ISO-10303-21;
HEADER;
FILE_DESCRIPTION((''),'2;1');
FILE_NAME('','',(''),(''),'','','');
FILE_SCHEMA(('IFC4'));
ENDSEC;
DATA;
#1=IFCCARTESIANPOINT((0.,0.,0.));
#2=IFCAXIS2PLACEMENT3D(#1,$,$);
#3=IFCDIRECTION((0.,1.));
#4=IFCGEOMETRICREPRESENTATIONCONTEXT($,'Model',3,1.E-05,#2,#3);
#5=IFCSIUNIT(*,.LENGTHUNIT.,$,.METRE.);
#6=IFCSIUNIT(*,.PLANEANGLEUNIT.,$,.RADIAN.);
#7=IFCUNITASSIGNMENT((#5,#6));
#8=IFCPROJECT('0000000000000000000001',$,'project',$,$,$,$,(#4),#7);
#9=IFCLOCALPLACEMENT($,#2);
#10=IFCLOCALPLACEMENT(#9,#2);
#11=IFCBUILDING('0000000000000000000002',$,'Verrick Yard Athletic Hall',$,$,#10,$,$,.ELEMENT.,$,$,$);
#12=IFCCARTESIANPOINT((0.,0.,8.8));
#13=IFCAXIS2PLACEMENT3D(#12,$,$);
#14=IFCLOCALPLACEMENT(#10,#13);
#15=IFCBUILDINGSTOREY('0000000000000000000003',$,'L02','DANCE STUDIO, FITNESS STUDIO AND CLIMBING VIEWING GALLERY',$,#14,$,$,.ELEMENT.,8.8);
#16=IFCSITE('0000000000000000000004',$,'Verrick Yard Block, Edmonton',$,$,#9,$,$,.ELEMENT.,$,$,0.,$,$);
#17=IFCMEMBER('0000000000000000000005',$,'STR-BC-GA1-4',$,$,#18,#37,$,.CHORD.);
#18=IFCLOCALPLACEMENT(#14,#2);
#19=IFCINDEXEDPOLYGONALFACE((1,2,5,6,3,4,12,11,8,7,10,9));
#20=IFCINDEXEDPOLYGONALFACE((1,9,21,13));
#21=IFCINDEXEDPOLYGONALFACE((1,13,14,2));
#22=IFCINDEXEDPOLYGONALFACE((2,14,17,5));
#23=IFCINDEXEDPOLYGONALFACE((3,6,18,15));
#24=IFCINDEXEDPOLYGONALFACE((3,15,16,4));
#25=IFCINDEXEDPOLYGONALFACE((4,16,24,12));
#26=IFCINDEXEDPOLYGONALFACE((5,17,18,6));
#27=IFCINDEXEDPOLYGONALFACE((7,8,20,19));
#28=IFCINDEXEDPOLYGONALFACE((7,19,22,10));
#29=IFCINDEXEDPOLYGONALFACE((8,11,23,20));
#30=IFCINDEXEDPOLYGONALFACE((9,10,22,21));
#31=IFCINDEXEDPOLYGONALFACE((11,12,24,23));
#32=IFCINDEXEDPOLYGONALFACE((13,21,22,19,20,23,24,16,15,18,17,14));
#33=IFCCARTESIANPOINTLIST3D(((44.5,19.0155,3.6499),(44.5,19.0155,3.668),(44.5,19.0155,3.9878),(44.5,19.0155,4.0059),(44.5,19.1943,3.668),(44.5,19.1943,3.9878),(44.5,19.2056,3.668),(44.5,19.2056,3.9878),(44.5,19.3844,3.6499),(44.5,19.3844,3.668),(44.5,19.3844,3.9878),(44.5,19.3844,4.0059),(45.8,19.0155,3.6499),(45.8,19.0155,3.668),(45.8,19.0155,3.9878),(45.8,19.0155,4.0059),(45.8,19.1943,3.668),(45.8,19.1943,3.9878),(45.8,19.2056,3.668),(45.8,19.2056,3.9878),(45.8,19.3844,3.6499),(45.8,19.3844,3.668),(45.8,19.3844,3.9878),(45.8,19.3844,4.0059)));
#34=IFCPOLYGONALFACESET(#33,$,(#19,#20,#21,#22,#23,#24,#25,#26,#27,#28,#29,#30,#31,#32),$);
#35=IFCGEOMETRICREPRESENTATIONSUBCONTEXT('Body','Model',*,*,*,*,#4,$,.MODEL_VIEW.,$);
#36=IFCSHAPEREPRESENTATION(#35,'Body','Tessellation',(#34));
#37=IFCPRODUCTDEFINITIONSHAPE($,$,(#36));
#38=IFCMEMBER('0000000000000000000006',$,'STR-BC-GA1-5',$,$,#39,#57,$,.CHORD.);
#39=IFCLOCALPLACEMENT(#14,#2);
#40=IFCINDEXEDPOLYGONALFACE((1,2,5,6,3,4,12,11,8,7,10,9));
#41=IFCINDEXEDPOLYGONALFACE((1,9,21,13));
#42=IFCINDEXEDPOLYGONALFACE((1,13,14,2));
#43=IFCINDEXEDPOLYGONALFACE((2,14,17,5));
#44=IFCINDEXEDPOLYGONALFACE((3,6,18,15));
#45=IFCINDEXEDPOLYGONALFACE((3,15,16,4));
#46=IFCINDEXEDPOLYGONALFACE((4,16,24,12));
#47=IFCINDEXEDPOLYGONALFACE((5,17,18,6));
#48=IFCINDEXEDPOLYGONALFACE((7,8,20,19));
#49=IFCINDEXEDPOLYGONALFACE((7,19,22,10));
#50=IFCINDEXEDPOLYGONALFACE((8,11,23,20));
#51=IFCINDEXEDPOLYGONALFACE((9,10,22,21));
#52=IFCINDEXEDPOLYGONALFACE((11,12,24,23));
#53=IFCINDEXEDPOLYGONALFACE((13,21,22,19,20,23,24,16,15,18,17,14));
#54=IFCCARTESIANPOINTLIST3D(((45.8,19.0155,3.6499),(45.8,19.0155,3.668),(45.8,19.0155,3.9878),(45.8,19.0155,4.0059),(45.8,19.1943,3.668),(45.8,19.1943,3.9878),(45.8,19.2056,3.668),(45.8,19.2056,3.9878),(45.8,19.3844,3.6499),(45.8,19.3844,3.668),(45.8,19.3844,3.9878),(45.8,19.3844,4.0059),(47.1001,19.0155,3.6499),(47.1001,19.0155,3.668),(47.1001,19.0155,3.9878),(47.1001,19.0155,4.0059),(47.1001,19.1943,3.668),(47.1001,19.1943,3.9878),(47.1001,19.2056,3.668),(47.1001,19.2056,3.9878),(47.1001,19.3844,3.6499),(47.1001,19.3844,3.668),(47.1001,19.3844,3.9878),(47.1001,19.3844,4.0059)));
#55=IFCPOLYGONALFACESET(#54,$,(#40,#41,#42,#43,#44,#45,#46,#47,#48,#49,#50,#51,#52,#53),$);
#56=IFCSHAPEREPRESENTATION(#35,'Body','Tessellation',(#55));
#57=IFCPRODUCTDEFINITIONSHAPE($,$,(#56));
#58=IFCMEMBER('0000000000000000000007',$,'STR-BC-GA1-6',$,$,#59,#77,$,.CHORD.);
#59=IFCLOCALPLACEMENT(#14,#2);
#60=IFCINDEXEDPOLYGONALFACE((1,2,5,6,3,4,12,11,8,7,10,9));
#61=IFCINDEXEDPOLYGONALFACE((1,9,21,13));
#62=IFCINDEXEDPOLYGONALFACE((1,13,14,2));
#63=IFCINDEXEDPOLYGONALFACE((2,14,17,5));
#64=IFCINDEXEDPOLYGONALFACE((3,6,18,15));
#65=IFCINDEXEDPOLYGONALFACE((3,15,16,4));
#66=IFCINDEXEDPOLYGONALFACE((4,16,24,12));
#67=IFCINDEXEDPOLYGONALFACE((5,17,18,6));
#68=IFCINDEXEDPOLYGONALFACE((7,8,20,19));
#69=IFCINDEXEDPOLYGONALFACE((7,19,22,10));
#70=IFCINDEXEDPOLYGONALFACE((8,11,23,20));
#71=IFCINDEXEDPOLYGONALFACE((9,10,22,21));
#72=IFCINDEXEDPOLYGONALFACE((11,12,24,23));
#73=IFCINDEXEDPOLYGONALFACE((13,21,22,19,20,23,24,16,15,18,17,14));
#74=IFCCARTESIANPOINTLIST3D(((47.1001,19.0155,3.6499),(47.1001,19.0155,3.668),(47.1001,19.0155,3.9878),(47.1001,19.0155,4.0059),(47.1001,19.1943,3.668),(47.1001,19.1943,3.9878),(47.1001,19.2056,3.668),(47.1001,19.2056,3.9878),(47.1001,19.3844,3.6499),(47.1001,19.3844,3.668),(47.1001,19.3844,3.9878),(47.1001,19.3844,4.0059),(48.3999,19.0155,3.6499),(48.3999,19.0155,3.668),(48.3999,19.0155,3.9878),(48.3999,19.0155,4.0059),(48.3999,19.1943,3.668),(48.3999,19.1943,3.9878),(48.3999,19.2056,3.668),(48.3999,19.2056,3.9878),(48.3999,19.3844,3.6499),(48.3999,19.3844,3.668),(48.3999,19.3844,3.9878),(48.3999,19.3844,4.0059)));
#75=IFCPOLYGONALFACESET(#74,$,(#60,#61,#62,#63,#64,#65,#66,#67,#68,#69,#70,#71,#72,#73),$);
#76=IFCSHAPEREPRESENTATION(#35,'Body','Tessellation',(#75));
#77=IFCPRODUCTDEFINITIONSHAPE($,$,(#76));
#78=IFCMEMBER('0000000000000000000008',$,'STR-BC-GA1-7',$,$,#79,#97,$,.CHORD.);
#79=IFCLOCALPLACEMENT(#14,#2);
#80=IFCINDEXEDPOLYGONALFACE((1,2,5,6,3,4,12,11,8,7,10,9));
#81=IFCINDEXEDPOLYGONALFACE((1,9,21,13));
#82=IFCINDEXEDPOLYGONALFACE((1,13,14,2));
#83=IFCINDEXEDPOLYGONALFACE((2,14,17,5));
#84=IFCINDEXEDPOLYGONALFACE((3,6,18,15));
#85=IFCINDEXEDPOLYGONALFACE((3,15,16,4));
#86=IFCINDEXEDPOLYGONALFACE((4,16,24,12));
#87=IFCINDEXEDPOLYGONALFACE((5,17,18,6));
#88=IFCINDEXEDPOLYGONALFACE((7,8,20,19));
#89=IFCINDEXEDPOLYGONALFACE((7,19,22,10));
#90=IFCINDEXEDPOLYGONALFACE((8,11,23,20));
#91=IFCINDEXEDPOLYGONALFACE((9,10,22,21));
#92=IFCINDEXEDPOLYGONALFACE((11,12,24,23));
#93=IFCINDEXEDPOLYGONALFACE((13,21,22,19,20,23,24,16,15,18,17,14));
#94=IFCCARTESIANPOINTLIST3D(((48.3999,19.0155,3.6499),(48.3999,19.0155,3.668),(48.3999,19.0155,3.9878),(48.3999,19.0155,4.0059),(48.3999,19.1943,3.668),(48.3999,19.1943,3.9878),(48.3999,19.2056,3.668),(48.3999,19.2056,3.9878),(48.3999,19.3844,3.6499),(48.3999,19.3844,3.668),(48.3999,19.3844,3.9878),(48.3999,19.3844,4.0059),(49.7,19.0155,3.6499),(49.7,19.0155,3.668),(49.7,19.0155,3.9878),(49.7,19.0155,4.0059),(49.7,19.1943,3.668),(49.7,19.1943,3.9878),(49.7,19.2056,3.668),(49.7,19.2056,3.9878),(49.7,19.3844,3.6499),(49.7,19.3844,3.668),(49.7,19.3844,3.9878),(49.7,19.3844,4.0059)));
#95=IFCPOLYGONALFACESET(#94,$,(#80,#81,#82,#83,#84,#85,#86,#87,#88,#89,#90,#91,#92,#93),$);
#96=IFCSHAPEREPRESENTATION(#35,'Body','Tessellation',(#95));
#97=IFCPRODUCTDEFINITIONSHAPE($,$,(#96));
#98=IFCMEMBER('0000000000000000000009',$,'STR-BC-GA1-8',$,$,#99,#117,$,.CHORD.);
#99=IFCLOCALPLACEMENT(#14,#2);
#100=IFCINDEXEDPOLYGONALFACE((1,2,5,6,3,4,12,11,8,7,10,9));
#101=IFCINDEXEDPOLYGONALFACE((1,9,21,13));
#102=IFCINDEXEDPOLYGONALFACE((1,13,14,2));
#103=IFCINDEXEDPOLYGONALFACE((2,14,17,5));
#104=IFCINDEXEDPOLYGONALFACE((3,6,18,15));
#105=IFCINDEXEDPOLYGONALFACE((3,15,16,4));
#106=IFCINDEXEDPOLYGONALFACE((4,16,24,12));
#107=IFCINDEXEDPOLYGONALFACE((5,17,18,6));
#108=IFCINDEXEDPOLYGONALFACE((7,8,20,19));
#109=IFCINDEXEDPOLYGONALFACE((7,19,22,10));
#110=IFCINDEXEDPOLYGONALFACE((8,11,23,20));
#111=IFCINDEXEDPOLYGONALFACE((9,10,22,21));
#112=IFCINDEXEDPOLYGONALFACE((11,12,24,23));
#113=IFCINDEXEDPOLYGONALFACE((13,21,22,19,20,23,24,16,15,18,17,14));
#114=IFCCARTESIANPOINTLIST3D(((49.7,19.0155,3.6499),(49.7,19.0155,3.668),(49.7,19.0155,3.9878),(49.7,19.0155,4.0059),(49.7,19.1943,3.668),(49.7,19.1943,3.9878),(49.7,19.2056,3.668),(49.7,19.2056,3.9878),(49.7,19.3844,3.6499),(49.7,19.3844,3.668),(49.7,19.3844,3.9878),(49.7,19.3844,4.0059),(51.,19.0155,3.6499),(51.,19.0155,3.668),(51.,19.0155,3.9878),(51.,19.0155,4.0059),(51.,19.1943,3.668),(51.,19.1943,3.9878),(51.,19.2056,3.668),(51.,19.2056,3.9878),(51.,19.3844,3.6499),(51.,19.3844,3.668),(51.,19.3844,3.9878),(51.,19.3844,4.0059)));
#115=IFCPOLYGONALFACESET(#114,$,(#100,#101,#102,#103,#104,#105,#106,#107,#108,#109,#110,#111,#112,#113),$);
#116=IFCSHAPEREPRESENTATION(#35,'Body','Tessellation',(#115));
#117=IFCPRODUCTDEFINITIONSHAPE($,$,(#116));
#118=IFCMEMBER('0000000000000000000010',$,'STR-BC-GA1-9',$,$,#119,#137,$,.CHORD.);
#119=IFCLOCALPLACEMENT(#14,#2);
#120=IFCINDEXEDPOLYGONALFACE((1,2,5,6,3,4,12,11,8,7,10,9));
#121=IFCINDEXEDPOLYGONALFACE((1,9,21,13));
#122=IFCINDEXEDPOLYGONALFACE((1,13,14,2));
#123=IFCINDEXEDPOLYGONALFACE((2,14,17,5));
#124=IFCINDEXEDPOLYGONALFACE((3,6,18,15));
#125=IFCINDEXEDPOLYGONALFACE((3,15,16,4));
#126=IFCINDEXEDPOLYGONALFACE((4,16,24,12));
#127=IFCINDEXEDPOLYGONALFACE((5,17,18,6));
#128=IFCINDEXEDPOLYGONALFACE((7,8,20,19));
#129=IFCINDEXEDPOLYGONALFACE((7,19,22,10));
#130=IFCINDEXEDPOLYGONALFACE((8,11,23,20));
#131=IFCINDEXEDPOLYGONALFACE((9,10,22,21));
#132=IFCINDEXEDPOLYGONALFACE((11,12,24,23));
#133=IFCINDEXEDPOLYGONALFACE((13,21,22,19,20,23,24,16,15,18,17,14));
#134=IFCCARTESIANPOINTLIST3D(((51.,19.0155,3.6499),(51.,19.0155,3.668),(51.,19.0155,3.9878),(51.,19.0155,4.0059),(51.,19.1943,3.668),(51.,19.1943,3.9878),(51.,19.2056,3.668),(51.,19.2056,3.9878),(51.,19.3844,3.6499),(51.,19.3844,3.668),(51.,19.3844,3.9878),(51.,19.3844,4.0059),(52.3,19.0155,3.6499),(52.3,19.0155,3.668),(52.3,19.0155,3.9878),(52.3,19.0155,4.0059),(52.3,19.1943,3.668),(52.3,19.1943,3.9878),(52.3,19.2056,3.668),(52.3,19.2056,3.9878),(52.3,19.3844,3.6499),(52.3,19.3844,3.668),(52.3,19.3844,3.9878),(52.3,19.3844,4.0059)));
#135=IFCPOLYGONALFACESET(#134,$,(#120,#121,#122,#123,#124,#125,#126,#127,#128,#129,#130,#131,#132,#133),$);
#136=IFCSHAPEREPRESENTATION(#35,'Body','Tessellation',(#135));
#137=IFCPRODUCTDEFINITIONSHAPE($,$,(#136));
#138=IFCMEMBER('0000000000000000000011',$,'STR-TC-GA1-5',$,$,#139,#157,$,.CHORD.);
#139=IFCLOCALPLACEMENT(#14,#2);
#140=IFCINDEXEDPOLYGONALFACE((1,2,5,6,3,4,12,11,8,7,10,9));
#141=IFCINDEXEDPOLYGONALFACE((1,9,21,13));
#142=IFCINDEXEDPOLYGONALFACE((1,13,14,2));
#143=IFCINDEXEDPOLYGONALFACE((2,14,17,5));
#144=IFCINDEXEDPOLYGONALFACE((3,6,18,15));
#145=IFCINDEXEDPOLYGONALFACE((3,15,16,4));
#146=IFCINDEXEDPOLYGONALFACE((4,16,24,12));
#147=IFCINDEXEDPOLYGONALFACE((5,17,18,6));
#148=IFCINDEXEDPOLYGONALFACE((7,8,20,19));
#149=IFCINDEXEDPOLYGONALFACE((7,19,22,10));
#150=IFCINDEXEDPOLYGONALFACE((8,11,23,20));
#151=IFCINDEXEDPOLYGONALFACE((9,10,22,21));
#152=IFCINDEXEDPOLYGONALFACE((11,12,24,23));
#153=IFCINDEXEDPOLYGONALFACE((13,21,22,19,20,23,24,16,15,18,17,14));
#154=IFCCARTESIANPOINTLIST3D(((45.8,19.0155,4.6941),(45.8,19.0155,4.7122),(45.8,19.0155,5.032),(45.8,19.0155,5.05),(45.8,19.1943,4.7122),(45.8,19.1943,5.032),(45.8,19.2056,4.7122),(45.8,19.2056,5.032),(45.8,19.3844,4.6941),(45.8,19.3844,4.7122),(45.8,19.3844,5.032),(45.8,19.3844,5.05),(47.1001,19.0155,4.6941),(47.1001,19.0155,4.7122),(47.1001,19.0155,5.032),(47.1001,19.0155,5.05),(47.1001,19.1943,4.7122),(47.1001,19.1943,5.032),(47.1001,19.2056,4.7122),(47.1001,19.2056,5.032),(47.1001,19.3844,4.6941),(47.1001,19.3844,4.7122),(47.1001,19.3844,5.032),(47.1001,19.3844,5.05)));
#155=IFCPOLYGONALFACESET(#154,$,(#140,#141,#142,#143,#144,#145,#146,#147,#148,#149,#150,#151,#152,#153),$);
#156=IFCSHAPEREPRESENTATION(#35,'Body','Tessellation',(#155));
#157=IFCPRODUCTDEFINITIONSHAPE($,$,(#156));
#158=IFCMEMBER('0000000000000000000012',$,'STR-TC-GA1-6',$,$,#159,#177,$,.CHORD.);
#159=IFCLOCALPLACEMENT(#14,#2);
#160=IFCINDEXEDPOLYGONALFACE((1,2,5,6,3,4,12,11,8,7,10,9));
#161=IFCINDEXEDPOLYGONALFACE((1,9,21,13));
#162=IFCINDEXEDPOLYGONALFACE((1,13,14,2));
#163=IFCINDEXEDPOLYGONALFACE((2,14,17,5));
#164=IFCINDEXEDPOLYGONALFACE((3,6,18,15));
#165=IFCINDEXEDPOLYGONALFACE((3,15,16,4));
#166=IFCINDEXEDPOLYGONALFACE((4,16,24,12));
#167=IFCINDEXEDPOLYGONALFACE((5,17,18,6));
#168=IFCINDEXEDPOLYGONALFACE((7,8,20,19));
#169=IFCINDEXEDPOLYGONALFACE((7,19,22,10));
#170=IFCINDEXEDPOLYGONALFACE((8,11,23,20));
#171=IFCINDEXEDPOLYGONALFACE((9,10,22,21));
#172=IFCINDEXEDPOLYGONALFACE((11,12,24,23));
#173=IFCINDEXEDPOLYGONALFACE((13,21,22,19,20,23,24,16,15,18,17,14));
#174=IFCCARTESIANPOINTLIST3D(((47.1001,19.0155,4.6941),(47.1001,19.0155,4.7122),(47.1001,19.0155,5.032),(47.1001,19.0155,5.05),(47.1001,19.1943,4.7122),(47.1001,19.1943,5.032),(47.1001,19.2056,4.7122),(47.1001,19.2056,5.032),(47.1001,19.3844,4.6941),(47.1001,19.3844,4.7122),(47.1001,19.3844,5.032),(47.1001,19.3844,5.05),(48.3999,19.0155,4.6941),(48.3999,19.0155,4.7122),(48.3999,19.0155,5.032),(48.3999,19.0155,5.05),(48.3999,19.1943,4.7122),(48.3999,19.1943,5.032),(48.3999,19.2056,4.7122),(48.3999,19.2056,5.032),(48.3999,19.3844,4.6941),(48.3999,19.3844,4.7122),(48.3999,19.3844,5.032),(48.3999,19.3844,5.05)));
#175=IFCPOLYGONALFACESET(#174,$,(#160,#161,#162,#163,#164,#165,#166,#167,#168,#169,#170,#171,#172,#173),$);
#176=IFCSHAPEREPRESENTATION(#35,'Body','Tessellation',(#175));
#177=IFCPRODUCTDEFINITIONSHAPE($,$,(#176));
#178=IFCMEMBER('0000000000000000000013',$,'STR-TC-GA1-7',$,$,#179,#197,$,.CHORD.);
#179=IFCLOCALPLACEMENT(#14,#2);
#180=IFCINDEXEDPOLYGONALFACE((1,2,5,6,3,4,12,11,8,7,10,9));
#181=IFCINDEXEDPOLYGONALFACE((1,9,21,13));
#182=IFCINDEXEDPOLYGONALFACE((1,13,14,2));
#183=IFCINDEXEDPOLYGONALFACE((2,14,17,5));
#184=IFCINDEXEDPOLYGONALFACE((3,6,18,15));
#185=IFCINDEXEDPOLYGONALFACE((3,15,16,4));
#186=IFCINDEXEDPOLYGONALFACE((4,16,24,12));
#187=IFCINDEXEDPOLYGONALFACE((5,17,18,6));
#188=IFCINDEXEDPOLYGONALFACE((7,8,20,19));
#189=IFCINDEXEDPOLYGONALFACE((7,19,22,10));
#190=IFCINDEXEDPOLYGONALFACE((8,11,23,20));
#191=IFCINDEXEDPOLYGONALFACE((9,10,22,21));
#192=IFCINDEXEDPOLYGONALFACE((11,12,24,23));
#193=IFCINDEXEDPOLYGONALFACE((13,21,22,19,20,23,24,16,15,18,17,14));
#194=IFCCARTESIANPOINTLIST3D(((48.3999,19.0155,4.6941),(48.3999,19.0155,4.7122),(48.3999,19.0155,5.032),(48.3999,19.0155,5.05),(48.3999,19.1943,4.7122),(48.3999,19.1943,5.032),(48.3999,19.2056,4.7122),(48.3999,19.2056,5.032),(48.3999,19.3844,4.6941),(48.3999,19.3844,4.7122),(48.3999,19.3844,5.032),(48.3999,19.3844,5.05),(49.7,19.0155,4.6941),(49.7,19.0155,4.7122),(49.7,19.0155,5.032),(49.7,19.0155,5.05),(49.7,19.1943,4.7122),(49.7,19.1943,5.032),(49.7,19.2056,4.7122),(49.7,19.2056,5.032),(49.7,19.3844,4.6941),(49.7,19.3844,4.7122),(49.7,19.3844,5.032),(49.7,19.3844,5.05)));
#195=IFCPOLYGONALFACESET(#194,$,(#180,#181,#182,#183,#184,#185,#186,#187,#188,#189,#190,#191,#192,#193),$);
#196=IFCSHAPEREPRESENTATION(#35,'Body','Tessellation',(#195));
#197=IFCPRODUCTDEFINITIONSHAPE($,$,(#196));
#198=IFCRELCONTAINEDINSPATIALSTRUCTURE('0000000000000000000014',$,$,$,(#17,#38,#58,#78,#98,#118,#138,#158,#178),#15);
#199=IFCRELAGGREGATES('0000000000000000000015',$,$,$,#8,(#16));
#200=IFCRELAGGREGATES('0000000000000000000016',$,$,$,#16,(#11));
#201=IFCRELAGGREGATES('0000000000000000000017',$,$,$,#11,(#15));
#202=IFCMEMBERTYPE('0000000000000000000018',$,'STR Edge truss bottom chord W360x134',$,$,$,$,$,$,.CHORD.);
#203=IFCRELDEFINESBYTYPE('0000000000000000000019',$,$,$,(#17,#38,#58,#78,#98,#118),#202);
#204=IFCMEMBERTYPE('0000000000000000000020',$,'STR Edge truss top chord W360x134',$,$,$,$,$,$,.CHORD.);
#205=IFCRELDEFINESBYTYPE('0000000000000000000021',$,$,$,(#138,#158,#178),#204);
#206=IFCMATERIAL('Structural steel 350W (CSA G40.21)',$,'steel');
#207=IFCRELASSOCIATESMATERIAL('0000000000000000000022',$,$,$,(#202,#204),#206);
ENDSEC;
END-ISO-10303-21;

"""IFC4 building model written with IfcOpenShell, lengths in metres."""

from ifc_helpers import new_model, si_unit, direction, frame, origin, origin_2d, place, context, subcontext, project, spatial, i_section, extrude, material, material_profile, profile_set, type_object, element, save


model = new_model("IFC4")

# Units and contexts
model_context = context("Model", 3, precision=1e-05, world=origin(), true_north=direction((0.0, 1.0)))
body_context = subcontext(model_context, "Body", "Model", "MODEL_VIEW")
ifc_project = project(units=[si_unit("LENGTHUNIT", "METRE"), si_unit("PLANEANGLEUNIT", "RADIAN")], contexts=[model_context])

# Site, building, storey
site_placement = place(None, origin())
site = spatial("IfcSite", under=ifc_project, at=site_placement, Name="Verrick Yard Block, Edmonton", CompositionType="ELEMENT", RefElevation=0.0)
building_placement = place(site_placement, origin())
building = spatial("IfcBuilding", under=site, at=building_placement, Name="Verrick Yard Athletic Hall", CompositionType="ELEMENT")
storey_placement = place(building_placement, frame((0.0, 0.0, 8.8)))
storey = spatial("IfcBuildingStorey", under=building, at=storey_placement, Name="L02", Description="DANCE STUDIO, FITNESS STUDIO AND CLIMBING VIEWING GALLERY", CompositionType="ELEMENT", Elevation=8.8)

# Members
ifc_material_1 = material(Name="Structural steel 350W (CSA G40.21)", Category="steel")
ifc_material_profile_1 = material_profile(ifc_material_1, i_section(OverallWidth=0.3689, OverallDepth=0.356, WebThickness=0.0112, FlangeThickness=0.0181, at=origin_2d()), Name="W360x134")
ifc_profile_set_1 = profile_set([ifc_material_profile_1], Name="Structural steel 350W (CSA G40.21)")
member_type_1 = type_object("IfcMemberType", Name="STR Edge truss bottom chord W360x134", PredefinedType="CHORD", material=ifc_profile_set_1)
for number, where, z_axis, x_axis, name in (
    (1, (44.5, 19.2, 3.8279), (1.0, 0.0, 0.0), (0.0, 1.0, 0.0), "STR-BC-GA1-4"),
    (2, (45.8, 19.2, 3.8279), (1.0, 0.0, 0.0), (0.0, 1.0, 0.0), "STR-BC-GA1-5"),
):
    element("IfcMember", number, at=place(storey_placement, frame(where, z_axis=z_axis, x_axis=x_axis)), inside=storey, type_object=member_type_1, Name=name, PredefinedType="CHORD", context=body_context, shape_type="SweptSolid", body=[
        extrude(i_section(OverallWidth=0.3689, OverallDepth=0.356, WebThickness=0.0112, FlangeThickness=0.0181, at=origin_2d()), origin(), (0.0, 0.0, 1.0), 1.3),
    ])
member_1_placement = place(storey_placement, frame((47.1001, 19.2, 3.8279), z_axis=(1.0, 0.0, 0.0), x_axis=(0.0, 1.0, 0.0)))
element("IfcMember", 3, at=member_1_placement, inside=storey, type_object=member_type_1, Name="STR-BC-GA1-6", PredefinedType="CHORD", context=body_context, shape_type="SweptSolid", body=[
    extrude(i_section(OverallWidth=0.3689, OverallDepth=0.356, WebThickness=0.0112, FlangeThickness=0.0181, at=origin_2d()), origin(), (0.0, 0.0, 1.0), 1.2998),
])
for number, where, z_axis, x_axis, name in (
    (4, (48.3999, 19.2, 3.8279), (1.0, 0.0, 0.0), (0.0, 1.0, 0.0), "STR-BC-GA1-7"),
    (5, (49.7, 19.2, 3.8279), (1.0, 0.0, 0.0), (0.0, 1.0, 0.0), "STR-BC-GA1-8"),
    (6, (51.0, 19.2, 3.8279), (1.0, 0.0, 0.0), (0.0, 1.0, 0.0), "STR-BC-GA1-9"),
):
    element("IfcMember", number, at=place(storey_placement, frame(where, z_axis=z_axis, x_axis=x_axis)), inside=storey, type_object=member_type_1, Name=name, PredefinedType="CHORD", context=body_context, shape_type="SweptSolid", body=[
        extrude(i_section(OverallWidth=0.3689, OverallDepth=0.356, WebThickness=0.0112, FlangeThickness=0.0181, at=origin_2d()), origin(), (0.0, 0.0, 1.0), 1.3),
    ])
ifc_material_profile_2 = material_profile(ifc_material_1, i_section(OverallWidth=0.3689, OverallDepth=0.356, WebThickness=0.0112, FlangeThickness=0.0181, at=origin_2d()), Name="W360x134")
ifc_profile_set_2 = profile_set([ifc_material_profile_2], Name="Structural steel 350W (CSA G40.21)")
member_type_2 = type_object("IfcMemberType", Name="STR Edge truss top chord W360x134", PredefinedType="CHORD", material=ifc_profile_set_2)
member_2_placement = place(storey_placement, frame((45.8, 19.2, 4.8721), z_axis=(1.0, 0.0, 0.0), x_axis=(0.0, 1.0, 0.0)))
element("IfcMember", 7, at=member_2_placement, inside=storey, type_object=member_type_2, Name="STR-TC-GA1-5", PredefinedType="CHORD", context=body_context, shape_type="SweptSolid", body=[
    extrude(i_section(OverallWidth=0.3689, OverallDepth=0.356, WebThickness=0.0112, FlangeThickness=0.0181, at=origin_2d()), origin(), (0.0, 0.0, 1.0), 1.3),
])
member_3_placement = place(storey_placement, frame((47.1001, 19.2, 4.8721), z_axis=(1.0, 0.0, 0.0), x_axis=(0.0, 1.0, 0.0)))
element("IfcMember", 8, at=member_3_placement, inside=storey, type_object=member_type_2, Name="STR-TC-GA1-6", PredefinedType="CHORD", context=body_context, shape_type="SweptSolid", body=[
    extrude(i_section(OverallWidth=0.3689, OverallDepth=0.356, WebThickness=0.0112, FlangeThickness=0.0181, at=origin_2d()), origin(), (0.0, 0.0, 1.0), 1.2998),
])
for number, where, z_axis, x_axis, name in (
    (9, (48.3999, 19.2, 4.8721), (1.0, 0.0, 0.0), (0.0, 1.0, 0.0), "STR-TC-GA1-7"),
):
    element("IfcMember", number, at=place(storey_placement, frame(where, z_axis=z_axis, x_axis=x_axis)), inside=storey, type_object=member_type_2, Name=name, PredefinedType="CHORD", context=body_context, shape_type="SweptSolid", body=[
        extrude(i_section(OverallWidth=0.3689, OverallDepth=0.356, WebThickness=0.0112, FlangeThickness=0.0181, at=origin_2d()), origin(), (0.0, 0.0, 1.0), 1.3),
    ])

save(model, "model.ifc")
